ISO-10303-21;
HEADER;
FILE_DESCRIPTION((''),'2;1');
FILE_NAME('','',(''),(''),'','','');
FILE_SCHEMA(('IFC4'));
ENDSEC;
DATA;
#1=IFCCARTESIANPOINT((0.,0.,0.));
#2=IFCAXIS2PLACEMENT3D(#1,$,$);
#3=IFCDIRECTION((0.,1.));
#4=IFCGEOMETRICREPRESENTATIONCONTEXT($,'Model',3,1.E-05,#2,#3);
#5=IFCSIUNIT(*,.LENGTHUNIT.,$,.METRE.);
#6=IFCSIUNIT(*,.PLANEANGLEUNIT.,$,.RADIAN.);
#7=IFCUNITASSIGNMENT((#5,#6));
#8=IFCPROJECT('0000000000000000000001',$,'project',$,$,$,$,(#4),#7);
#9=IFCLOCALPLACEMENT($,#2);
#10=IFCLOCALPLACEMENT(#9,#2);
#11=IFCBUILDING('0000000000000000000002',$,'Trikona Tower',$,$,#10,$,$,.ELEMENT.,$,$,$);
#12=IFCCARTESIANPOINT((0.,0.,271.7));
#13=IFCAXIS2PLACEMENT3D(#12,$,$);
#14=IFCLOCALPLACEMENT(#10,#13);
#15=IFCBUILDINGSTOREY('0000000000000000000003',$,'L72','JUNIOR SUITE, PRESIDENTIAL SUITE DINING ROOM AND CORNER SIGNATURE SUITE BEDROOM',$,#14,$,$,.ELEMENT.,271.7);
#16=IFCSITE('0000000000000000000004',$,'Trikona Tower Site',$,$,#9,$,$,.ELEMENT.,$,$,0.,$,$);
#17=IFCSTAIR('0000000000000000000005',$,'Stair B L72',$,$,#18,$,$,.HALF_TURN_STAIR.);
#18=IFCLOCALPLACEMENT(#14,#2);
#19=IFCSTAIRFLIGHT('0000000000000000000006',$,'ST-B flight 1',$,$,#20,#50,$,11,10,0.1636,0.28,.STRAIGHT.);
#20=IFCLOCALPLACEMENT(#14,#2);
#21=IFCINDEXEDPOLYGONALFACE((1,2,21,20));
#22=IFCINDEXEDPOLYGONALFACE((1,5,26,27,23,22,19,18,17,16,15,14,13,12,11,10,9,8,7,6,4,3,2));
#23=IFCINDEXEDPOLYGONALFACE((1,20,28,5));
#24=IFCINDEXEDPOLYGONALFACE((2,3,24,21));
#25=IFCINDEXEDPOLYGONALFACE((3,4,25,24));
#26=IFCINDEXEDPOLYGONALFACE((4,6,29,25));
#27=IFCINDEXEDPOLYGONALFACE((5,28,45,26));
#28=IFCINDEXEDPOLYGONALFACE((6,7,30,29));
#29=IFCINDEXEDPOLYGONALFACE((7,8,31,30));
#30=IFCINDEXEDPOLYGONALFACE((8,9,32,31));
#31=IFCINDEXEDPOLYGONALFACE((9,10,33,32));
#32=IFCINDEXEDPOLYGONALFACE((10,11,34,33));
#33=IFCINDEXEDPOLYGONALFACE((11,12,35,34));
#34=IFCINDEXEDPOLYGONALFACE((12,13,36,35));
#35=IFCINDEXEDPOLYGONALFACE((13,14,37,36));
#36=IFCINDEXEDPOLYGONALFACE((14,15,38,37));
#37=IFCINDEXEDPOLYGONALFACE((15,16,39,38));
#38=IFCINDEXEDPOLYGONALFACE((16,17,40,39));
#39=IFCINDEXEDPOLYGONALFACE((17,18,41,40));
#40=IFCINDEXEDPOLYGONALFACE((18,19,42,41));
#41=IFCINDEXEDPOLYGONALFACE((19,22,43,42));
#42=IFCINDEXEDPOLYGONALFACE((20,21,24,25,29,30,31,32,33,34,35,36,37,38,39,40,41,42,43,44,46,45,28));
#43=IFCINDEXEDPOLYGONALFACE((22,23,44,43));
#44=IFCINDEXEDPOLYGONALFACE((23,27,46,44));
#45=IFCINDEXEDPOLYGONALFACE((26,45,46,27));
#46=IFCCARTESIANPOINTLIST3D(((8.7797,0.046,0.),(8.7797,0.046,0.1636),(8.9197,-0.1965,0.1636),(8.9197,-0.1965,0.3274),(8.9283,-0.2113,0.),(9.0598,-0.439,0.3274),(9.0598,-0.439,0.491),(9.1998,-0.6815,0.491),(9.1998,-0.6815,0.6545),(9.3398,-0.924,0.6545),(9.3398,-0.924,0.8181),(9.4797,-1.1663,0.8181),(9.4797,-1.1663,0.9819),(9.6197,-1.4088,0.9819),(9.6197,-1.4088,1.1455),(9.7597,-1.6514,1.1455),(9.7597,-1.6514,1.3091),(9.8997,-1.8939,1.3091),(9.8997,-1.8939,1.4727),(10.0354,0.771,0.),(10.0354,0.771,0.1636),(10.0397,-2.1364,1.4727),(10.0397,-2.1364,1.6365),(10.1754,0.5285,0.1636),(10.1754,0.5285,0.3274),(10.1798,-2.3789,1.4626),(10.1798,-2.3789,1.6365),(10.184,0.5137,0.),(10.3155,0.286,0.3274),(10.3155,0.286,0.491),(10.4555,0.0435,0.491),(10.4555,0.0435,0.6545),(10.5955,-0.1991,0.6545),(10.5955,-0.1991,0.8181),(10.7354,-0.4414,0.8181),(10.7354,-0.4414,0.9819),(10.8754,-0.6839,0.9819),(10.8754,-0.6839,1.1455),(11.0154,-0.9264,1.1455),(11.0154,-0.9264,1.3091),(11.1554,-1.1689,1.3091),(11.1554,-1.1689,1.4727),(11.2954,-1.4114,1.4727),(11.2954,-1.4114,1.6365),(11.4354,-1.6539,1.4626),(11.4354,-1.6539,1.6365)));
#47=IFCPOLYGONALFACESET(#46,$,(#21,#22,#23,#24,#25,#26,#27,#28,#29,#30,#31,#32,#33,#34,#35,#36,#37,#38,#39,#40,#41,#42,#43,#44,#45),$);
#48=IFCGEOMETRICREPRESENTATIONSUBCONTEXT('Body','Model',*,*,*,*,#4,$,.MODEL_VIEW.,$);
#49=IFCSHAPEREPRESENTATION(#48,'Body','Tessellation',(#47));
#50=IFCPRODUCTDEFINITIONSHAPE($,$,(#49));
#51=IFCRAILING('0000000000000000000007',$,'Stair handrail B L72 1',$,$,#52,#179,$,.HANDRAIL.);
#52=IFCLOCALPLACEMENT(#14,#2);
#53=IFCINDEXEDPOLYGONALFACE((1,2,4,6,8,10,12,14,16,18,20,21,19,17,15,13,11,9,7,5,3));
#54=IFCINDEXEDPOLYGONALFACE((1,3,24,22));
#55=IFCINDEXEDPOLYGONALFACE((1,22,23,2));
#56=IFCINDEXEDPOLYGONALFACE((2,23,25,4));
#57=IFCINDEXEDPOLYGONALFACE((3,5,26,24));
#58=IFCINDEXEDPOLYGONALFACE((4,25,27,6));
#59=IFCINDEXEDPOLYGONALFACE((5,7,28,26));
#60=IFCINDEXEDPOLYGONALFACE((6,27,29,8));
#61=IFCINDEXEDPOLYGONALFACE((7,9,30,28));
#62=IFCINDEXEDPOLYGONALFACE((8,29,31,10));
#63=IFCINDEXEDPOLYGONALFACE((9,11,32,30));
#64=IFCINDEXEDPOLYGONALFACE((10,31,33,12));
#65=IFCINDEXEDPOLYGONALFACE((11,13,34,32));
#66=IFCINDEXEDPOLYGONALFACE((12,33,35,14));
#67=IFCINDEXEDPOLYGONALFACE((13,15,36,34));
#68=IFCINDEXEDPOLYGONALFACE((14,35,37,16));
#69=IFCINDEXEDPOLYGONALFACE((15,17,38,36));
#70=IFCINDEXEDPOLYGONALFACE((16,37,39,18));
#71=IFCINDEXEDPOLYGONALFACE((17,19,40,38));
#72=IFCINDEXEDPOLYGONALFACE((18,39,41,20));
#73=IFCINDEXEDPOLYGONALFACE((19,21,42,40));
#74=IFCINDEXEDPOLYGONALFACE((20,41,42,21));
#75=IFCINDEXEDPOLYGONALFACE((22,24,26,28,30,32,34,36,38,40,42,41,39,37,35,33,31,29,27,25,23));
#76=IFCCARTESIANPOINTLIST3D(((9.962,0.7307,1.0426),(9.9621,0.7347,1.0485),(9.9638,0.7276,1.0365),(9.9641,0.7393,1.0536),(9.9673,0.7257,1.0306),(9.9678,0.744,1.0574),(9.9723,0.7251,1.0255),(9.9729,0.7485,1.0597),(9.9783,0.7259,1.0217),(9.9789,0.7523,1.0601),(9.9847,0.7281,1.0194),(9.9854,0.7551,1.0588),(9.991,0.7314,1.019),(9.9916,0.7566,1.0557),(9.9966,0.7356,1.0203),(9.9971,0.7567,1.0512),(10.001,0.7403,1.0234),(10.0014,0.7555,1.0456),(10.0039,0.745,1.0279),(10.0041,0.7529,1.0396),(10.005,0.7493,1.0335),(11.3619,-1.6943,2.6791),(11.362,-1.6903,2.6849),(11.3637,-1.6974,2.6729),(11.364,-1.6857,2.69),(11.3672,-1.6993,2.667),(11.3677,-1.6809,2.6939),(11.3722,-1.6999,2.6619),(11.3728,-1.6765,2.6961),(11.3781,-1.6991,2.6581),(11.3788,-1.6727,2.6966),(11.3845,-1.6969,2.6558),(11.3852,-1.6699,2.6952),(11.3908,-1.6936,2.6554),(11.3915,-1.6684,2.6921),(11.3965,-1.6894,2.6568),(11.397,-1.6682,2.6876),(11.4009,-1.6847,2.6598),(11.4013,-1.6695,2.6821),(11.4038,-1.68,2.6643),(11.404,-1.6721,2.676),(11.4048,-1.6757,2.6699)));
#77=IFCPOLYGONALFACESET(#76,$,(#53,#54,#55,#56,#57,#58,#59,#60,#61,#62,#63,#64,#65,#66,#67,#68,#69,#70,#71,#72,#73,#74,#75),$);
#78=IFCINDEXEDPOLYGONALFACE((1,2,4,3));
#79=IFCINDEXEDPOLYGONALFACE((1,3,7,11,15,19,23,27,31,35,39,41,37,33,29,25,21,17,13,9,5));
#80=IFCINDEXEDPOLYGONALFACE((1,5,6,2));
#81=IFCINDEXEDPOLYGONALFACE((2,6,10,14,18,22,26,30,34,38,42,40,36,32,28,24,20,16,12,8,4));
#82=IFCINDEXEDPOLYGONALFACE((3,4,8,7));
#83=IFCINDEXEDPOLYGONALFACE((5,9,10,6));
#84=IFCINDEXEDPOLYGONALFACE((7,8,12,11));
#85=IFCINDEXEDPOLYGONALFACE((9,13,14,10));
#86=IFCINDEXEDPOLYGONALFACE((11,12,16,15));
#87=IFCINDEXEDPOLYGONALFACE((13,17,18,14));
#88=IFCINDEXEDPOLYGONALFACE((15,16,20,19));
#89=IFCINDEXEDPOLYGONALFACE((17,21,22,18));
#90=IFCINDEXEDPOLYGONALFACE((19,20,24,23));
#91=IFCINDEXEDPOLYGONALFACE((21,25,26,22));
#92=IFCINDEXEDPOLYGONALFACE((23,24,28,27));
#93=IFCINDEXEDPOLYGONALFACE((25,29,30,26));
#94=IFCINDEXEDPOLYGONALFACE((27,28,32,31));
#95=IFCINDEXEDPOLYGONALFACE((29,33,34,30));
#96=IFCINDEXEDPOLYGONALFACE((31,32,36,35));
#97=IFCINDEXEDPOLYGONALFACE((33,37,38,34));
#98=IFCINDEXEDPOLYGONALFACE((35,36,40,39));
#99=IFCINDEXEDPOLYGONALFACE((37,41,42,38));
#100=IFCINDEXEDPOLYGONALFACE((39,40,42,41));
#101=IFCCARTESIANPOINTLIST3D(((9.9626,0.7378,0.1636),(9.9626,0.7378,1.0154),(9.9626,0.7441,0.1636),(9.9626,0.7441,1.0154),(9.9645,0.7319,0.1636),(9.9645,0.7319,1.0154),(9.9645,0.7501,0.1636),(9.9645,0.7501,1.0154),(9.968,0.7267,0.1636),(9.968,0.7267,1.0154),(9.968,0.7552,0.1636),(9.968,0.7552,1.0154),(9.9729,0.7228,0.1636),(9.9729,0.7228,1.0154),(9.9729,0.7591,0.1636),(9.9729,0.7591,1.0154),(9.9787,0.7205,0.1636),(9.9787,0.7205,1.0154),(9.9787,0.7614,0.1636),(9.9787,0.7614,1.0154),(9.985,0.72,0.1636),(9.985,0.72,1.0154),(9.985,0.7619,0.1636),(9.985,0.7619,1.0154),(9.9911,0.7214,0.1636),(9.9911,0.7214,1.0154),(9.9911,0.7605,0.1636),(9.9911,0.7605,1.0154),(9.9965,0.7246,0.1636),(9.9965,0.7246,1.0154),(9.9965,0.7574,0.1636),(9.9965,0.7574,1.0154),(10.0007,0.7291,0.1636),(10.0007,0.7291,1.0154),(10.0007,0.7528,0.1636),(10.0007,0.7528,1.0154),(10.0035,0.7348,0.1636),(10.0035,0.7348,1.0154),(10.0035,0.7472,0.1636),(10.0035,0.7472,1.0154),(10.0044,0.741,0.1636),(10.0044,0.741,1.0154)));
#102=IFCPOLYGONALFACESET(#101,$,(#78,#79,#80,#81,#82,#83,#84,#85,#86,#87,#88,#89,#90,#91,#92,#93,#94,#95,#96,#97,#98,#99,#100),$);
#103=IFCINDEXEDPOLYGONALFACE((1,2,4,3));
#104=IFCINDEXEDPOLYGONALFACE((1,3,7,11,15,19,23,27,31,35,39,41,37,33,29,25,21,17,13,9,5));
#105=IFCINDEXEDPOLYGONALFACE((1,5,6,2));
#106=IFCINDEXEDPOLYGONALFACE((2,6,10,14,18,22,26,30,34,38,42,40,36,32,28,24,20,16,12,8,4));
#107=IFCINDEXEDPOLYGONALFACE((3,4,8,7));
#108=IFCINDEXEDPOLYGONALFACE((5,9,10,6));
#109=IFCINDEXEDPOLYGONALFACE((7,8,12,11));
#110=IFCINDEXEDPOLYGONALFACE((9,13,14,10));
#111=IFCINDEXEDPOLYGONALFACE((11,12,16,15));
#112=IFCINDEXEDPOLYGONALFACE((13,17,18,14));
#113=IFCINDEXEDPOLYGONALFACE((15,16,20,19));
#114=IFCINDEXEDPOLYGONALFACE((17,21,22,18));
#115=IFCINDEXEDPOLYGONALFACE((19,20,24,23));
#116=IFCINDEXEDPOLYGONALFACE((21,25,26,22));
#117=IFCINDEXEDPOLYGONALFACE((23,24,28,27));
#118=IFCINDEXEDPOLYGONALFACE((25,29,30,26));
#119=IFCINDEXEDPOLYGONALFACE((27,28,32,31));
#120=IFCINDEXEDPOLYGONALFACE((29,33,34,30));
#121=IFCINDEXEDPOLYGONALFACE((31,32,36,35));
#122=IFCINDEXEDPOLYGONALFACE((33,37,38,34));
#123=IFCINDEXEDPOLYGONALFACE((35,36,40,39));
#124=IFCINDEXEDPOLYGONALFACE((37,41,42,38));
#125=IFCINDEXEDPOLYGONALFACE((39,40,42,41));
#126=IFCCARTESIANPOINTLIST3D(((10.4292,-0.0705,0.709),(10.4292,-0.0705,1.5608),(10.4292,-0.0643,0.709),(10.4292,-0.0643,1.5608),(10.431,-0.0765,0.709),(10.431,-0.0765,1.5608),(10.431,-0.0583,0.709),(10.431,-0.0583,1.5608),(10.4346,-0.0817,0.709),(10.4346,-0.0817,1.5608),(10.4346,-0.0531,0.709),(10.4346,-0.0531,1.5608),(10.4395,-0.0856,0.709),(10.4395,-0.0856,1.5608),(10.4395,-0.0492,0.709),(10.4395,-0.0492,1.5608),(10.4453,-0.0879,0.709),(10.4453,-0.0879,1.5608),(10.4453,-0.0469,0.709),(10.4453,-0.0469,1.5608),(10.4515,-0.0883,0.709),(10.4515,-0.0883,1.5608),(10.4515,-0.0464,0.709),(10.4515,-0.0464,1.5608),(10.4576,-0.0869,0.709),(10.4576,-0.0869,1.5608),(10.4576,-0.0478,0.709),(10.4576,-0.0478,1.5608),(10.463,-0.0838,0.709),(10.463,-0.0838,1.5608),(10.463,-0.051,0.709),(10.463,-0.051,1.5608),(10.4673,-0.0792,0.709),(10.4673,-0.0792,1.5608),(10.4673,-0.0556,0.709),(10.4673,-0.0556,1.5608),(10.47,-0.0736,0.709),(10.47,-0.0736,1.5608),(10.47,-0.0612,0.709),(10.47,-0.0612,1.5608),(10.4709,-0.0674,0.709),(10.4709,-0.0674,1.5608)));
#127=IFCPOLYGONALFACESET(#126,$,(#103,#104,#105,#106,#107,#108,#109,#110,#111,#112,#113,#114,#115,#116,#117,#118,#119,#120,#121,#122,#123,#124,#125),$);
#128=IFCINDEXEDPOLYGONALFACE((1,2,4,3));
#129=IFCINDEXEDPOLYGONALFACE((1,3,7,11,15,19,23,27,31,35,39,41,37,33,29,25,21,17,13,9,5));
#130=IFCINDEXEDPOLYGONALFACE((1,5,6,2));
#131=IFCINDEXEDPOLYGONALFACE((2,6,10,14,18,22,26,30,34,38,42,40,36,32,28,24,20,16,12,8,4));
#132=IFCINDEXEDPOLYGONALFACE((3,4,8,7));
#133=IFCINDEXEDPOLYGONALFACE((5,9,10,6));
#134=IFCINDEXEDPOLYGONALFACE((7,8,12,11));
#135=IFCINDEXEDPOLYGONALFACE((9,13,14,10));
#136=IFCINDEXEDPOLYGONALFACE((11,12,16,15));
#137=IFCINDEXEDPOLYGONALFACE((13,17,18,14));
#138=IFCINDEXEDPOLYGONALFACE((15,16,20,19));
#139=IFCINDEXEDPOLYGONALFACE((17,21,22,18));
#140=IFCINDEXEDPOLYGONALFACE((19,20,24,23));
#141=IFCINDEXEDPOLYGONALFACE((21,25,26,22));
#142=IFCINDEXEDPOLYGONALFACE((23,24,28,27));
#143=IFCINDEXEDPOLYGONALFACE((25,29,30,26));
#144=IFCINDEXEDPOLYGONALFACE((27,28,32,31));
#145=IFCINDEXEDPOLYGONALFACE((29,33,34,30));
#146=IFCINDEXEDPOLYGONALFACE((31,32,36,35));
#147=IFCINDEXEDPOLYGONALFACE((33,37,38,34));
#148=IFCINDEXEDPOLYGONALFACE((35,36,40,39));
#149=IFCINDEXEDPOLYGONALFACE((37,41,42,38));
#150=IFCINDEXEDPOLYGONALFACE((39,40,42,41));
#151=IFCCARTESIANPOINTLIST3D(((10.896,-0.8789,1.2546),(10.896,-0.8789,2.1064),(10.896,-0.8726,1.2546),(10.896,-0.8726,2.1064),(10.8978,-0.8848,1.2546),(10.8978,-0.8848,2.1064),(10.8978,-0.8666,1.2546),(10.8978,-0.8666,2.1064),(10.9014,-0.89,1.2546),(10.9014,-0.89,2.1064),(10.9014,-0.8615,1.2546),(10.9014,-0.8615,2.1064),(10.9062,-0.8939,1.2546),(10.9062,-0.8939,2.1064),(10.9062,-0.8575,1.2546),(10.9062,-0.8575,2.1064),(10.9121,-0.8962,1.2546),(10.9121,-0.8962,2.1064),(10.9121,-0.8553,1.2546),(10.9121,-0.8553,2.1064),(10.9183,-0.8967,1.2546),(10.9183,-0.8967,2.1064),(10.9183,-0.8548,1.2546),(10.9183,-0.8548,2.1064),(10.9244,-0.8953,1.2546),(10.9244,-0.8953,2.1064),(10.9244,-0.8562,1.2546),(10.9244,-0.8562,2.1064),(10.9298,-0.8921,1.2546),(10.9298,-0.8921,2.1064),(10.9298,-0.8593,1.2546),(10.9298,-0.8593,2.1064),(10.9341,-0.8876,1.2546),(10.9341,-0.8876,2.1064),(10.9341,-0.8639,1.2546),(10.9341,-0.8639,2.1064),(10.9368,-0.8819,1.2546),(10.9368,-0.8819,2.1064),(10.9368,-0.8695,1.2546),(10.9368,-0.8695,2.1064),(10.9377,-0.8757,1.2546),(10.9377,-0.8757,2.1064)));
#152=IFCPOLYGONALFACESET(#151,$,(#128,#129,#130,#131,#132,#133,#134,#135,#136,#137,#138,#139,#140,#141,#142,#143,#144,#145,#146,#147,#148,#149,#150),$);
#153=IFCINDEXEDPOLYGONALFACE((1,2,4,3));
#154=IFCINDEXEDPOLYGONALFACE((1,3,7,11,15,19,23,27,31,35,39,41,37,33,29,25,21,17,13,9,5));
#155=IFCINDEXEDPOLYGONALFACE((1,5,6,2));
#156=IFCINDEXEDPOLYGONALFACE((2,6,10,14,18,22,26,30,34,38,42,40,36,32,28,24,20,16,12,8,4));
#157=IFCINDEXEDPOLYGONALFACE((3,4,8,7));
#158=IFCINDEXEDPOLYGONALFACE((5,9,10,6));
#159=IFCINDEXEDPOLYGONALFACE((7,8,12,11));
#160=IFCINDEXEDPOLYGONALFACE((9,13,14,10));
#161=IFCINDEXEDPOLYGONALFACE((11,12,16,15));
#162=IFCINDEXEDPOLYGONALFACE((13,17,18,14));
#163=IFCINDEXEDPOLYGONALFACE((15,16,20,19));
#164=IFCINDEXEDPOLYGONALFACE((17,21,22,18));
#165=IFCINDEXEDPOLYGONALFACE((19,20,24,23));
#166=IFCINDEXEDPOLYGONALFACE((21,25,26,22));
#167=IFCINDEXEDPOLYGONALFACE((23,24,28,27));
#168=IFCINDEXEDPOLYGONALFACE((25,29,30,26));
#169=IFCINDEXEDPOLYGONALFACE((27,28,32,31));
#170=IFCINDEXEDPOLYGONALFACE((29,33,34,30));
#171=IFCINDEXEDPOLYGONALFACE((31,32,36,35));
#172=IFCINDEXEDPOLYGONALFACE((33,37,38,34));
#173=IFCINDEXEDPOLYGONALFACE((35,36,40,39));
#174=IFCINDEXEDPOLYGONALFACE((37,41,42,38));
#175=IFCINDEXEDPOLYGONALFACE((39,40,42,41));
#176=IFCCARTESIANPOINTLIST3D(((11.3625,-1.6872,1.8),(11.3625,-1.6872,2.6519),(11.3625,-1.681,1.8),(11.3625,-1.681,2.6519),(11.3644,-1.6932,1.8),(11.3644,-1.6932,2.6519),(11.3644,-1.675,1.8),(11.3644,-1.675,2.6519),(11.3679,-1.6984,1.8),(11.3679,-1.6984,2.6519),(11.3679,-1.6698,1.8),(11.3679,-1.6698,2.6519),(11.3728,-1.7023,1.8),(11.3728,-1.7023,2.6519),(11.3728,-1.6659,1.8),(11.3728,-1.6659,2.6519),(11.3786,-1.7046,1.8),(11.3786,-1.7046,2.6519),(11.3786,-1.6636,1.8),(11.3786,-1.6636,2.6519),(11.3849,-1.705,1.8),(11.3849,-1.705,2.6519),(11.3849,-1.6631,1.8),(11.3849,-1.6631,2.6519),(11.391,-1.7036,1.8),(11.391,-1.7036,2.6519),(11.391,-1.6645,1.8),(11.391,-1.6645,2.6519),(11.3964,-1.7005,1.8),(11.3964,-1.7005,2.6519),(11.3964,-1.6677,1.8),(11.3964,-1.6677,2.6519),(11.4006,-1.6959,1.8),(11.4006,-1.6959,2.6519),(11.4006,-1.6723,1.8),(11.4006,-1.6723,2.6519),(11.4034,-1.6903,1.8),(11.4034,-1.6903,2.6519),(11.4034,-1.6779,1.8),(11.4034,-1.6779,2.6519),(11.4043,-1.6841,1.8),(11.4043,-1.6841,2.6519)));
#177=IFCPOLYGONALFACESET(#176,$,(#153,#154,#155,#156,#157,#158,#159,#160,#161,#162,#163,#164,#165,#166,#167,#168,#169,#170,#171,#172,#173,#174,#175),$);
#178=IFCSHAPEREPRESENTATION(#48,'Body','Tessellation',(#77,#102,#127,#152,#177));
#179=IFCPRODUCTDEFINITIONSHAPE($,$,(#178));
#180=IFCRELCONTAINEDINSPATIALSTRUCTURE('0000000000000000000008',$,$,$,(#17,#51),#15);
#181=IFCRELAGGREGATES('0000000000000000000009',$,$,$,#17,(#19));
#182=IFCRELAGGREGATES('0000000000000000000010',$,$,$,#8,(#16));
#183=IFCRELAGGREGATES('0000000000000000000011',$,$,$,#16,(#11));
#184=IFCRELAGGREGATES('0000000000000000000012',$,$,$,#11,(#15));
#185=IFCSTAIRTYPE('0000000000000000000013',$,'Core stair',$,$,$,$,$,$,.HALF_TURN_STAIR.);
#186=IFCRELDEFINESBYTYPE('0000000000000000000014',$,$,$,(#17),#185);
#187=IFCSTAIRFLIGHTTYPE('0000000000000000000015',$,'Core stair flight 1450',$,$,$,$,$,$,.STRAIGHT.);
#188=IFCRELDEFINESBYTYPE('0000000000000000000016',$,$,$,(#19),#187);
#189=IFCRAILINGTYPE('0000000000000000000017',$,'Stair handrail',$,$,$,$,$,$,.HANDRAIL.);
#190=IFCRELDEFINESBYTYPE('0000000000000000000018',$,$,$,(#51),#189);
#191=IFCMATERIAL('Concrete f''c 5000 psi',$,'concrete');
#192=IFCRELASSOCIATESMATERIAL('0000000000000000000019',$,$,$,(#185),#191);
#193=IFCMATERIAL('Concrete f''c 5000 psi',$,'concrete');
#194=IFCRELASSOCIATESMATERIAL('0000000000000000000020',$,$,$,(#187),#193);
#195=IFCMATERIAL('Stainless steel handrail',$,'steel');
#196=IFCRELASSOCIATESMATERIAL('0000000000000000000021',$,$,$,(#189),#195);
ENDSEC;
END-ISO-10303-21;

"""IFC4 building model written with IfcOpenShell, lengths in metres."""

from ifc_helpers import new_model, si_unit, direction, frame, origin, origin_2d, place, context, subcontext, project, spatial, polyline, circle, outline, extrude, material, type_object, element, aggregate, save


model = new_model("IFC4")

# Units and contexts
model_context = context("Model", 3, precision=1e-05, world=origin(), true_north=direction((0.0, 1.0)))
body_context = subcontext(model_context, "Body", "Model", "MODEL_VIEW")
ifc_project = project(units=[si_unit("LENGTHUNIT", "METRE"), si_unit("PLANEANGLEUNIT", "RADIAN")], contexts=[model_context])

# Site, building, storey
site_placement = place(None, origin())
site = spatial("IfcSite", under=ifc_project, at=site_placement, Name="Trikona Tower Site", CompositionType="ELEMENT", RefElevation=0.0)
building_placement = place(site_placement, origin())
building = spatial("IfcBuilding", under=site, at=building_placement, Name="Trikona Tower", CompositionType="ELEMENT")
storey_placement = place(building_placement, frame((0.0, 0.0, 271.7)))
storey = spatial("IfcBuildingStorey", under=building, at=storey_placement, Name="L72", Description="JUNIOR SUITE, PRESIDENTIAL SUITE DINING ROOM AND CORNER SIGNATURE SUITE BEDROOM", CompositionType="ELEMENT", Elevation=271.7)

# Shared definitions
ifc_material_1 = material(Name="Concrete f'c 5000 psi", Category="concrete")
stair_type = type_object("IfcStairType", Name="Core stair", PredefinedType="HALF_TURN_STAIR", material=ifc_material_1)

# Stair
stair_1_placement = place(storey_placement, origin())
stair_1 = element("IfcStair", 1, at=stair_1_placement, inside=storey, type_object=stair_type, Name="Stair B L72", PredefinedType="HALF_TURN_STAIR")

# Stair flight
ifc_material_2 = material(Name="Concrete f'c 5000 psi", Category="concrete")
stair_flight_type = type_object("IfcStairFlightType", Name="Core stair flight 1450", PredefinedType="STRAIGHT", material=ifc_material_2)
stair_flight_placement = place(storey_placement, frame((9.4075, 0.4084, 0.0), z_axis=(0.0, 0.0, 1.0), x_axis=(0.5, -0.866025, 0.0)))
stair_flight = element("IfcStairFlight", 2, at=stair_flight_placement, type_object=stair_flight_type, Name="ST-B flight 1", NumberOfRisers=11, NumberOfTreads=10, PredefinedType="STRAIGHT", RiserHeight=0.1636, TreadLength=0.28, context=body_context, shape_type="SweptSolid", body=[
    extrude(outline(polyline([(0.0, 0.0), (0.0, 0.1636), (0.28, 0.1636), (0.28, 0.3274), (0.5601, 0.3274), (0.5601, 0.491), (0.8401, 0.491), (0.8401, 0.6545), (1.1201, 0.6545), (1.1201, 0.8181), (1.3999, 0.8181), (1.3999, 0.9819), (1.6799, 0.9819), (1.6799, 1.1455), (1.96, 1.1455), (1.96, 1.3091), (2.24, 1.3091), (2.24, 1.4727), (2.52, 1.4727), (2.52, 1.6365), (2.8, 1.6365), (2.8, 1.8), (2.8, 1.4626), (0.2971, 0.0), (0.0, 0.0)])), frame((0.0, 0.7251, 0.0), z_axis=(0.0, -1.0, 0.0), x_axis=(1.0, 0.0, 0.0)), (0.0, 0.0, 1.0), 1.45),
])
aggregate(stair_1, [stair_flight])

# Railing
ifc_material_3 = material(Name="Stainless steel handrail", Category="steel")
railing_type = type_object("IfcRailingType", Name="Stair handrail", PredefinedType="HANDRAIL", material=ifc_material_3)
railing_placement = place(storey_placement, frame((9.9834, 0.741, 0.1636)))
element("IfcRailing", 3, at=railing_placement, inside=storey, type_object=railing_type, Name="Stair handrail B L72 1", PredefinedType="HANDRAIL", context=body_context, shape_type="SweptSolid", body=[
    extrude(circle(Radius=0.0239, at=origin_2d()), frame((0.0, 0.0, 0.876), z_axis=(0.431636, -0.747723, 0.504579), x_axis=(0.866056, 0.499946, 0.0)), (0.0, 0.0, 1.0), 3.2432),
    extrude(circle(Radius=0.021, at=origin_2d()), origin(), (0.0, 0.0, 1.0), 0.8518),
    extrude(circle(Radius=0.021, at=origin_2d()), frame((0.4666, -0.8083, 0.5454)), (0.0, 0.0, 1.0), 0.8518),
    extrude(circle(Radius=0.021, at=origin_2d()), frame((0.9333, -1.6167, 1.0911)), (0.0, 0.0, 1.0), 0.8518),
    extrude(circle(Radius=0.021, at=origin_2d()), frame((1.3999, -2.425, 1.6365)), (0.0, 0.0, 1.0), 0.8518),
])

save(model, "model.ifc")
